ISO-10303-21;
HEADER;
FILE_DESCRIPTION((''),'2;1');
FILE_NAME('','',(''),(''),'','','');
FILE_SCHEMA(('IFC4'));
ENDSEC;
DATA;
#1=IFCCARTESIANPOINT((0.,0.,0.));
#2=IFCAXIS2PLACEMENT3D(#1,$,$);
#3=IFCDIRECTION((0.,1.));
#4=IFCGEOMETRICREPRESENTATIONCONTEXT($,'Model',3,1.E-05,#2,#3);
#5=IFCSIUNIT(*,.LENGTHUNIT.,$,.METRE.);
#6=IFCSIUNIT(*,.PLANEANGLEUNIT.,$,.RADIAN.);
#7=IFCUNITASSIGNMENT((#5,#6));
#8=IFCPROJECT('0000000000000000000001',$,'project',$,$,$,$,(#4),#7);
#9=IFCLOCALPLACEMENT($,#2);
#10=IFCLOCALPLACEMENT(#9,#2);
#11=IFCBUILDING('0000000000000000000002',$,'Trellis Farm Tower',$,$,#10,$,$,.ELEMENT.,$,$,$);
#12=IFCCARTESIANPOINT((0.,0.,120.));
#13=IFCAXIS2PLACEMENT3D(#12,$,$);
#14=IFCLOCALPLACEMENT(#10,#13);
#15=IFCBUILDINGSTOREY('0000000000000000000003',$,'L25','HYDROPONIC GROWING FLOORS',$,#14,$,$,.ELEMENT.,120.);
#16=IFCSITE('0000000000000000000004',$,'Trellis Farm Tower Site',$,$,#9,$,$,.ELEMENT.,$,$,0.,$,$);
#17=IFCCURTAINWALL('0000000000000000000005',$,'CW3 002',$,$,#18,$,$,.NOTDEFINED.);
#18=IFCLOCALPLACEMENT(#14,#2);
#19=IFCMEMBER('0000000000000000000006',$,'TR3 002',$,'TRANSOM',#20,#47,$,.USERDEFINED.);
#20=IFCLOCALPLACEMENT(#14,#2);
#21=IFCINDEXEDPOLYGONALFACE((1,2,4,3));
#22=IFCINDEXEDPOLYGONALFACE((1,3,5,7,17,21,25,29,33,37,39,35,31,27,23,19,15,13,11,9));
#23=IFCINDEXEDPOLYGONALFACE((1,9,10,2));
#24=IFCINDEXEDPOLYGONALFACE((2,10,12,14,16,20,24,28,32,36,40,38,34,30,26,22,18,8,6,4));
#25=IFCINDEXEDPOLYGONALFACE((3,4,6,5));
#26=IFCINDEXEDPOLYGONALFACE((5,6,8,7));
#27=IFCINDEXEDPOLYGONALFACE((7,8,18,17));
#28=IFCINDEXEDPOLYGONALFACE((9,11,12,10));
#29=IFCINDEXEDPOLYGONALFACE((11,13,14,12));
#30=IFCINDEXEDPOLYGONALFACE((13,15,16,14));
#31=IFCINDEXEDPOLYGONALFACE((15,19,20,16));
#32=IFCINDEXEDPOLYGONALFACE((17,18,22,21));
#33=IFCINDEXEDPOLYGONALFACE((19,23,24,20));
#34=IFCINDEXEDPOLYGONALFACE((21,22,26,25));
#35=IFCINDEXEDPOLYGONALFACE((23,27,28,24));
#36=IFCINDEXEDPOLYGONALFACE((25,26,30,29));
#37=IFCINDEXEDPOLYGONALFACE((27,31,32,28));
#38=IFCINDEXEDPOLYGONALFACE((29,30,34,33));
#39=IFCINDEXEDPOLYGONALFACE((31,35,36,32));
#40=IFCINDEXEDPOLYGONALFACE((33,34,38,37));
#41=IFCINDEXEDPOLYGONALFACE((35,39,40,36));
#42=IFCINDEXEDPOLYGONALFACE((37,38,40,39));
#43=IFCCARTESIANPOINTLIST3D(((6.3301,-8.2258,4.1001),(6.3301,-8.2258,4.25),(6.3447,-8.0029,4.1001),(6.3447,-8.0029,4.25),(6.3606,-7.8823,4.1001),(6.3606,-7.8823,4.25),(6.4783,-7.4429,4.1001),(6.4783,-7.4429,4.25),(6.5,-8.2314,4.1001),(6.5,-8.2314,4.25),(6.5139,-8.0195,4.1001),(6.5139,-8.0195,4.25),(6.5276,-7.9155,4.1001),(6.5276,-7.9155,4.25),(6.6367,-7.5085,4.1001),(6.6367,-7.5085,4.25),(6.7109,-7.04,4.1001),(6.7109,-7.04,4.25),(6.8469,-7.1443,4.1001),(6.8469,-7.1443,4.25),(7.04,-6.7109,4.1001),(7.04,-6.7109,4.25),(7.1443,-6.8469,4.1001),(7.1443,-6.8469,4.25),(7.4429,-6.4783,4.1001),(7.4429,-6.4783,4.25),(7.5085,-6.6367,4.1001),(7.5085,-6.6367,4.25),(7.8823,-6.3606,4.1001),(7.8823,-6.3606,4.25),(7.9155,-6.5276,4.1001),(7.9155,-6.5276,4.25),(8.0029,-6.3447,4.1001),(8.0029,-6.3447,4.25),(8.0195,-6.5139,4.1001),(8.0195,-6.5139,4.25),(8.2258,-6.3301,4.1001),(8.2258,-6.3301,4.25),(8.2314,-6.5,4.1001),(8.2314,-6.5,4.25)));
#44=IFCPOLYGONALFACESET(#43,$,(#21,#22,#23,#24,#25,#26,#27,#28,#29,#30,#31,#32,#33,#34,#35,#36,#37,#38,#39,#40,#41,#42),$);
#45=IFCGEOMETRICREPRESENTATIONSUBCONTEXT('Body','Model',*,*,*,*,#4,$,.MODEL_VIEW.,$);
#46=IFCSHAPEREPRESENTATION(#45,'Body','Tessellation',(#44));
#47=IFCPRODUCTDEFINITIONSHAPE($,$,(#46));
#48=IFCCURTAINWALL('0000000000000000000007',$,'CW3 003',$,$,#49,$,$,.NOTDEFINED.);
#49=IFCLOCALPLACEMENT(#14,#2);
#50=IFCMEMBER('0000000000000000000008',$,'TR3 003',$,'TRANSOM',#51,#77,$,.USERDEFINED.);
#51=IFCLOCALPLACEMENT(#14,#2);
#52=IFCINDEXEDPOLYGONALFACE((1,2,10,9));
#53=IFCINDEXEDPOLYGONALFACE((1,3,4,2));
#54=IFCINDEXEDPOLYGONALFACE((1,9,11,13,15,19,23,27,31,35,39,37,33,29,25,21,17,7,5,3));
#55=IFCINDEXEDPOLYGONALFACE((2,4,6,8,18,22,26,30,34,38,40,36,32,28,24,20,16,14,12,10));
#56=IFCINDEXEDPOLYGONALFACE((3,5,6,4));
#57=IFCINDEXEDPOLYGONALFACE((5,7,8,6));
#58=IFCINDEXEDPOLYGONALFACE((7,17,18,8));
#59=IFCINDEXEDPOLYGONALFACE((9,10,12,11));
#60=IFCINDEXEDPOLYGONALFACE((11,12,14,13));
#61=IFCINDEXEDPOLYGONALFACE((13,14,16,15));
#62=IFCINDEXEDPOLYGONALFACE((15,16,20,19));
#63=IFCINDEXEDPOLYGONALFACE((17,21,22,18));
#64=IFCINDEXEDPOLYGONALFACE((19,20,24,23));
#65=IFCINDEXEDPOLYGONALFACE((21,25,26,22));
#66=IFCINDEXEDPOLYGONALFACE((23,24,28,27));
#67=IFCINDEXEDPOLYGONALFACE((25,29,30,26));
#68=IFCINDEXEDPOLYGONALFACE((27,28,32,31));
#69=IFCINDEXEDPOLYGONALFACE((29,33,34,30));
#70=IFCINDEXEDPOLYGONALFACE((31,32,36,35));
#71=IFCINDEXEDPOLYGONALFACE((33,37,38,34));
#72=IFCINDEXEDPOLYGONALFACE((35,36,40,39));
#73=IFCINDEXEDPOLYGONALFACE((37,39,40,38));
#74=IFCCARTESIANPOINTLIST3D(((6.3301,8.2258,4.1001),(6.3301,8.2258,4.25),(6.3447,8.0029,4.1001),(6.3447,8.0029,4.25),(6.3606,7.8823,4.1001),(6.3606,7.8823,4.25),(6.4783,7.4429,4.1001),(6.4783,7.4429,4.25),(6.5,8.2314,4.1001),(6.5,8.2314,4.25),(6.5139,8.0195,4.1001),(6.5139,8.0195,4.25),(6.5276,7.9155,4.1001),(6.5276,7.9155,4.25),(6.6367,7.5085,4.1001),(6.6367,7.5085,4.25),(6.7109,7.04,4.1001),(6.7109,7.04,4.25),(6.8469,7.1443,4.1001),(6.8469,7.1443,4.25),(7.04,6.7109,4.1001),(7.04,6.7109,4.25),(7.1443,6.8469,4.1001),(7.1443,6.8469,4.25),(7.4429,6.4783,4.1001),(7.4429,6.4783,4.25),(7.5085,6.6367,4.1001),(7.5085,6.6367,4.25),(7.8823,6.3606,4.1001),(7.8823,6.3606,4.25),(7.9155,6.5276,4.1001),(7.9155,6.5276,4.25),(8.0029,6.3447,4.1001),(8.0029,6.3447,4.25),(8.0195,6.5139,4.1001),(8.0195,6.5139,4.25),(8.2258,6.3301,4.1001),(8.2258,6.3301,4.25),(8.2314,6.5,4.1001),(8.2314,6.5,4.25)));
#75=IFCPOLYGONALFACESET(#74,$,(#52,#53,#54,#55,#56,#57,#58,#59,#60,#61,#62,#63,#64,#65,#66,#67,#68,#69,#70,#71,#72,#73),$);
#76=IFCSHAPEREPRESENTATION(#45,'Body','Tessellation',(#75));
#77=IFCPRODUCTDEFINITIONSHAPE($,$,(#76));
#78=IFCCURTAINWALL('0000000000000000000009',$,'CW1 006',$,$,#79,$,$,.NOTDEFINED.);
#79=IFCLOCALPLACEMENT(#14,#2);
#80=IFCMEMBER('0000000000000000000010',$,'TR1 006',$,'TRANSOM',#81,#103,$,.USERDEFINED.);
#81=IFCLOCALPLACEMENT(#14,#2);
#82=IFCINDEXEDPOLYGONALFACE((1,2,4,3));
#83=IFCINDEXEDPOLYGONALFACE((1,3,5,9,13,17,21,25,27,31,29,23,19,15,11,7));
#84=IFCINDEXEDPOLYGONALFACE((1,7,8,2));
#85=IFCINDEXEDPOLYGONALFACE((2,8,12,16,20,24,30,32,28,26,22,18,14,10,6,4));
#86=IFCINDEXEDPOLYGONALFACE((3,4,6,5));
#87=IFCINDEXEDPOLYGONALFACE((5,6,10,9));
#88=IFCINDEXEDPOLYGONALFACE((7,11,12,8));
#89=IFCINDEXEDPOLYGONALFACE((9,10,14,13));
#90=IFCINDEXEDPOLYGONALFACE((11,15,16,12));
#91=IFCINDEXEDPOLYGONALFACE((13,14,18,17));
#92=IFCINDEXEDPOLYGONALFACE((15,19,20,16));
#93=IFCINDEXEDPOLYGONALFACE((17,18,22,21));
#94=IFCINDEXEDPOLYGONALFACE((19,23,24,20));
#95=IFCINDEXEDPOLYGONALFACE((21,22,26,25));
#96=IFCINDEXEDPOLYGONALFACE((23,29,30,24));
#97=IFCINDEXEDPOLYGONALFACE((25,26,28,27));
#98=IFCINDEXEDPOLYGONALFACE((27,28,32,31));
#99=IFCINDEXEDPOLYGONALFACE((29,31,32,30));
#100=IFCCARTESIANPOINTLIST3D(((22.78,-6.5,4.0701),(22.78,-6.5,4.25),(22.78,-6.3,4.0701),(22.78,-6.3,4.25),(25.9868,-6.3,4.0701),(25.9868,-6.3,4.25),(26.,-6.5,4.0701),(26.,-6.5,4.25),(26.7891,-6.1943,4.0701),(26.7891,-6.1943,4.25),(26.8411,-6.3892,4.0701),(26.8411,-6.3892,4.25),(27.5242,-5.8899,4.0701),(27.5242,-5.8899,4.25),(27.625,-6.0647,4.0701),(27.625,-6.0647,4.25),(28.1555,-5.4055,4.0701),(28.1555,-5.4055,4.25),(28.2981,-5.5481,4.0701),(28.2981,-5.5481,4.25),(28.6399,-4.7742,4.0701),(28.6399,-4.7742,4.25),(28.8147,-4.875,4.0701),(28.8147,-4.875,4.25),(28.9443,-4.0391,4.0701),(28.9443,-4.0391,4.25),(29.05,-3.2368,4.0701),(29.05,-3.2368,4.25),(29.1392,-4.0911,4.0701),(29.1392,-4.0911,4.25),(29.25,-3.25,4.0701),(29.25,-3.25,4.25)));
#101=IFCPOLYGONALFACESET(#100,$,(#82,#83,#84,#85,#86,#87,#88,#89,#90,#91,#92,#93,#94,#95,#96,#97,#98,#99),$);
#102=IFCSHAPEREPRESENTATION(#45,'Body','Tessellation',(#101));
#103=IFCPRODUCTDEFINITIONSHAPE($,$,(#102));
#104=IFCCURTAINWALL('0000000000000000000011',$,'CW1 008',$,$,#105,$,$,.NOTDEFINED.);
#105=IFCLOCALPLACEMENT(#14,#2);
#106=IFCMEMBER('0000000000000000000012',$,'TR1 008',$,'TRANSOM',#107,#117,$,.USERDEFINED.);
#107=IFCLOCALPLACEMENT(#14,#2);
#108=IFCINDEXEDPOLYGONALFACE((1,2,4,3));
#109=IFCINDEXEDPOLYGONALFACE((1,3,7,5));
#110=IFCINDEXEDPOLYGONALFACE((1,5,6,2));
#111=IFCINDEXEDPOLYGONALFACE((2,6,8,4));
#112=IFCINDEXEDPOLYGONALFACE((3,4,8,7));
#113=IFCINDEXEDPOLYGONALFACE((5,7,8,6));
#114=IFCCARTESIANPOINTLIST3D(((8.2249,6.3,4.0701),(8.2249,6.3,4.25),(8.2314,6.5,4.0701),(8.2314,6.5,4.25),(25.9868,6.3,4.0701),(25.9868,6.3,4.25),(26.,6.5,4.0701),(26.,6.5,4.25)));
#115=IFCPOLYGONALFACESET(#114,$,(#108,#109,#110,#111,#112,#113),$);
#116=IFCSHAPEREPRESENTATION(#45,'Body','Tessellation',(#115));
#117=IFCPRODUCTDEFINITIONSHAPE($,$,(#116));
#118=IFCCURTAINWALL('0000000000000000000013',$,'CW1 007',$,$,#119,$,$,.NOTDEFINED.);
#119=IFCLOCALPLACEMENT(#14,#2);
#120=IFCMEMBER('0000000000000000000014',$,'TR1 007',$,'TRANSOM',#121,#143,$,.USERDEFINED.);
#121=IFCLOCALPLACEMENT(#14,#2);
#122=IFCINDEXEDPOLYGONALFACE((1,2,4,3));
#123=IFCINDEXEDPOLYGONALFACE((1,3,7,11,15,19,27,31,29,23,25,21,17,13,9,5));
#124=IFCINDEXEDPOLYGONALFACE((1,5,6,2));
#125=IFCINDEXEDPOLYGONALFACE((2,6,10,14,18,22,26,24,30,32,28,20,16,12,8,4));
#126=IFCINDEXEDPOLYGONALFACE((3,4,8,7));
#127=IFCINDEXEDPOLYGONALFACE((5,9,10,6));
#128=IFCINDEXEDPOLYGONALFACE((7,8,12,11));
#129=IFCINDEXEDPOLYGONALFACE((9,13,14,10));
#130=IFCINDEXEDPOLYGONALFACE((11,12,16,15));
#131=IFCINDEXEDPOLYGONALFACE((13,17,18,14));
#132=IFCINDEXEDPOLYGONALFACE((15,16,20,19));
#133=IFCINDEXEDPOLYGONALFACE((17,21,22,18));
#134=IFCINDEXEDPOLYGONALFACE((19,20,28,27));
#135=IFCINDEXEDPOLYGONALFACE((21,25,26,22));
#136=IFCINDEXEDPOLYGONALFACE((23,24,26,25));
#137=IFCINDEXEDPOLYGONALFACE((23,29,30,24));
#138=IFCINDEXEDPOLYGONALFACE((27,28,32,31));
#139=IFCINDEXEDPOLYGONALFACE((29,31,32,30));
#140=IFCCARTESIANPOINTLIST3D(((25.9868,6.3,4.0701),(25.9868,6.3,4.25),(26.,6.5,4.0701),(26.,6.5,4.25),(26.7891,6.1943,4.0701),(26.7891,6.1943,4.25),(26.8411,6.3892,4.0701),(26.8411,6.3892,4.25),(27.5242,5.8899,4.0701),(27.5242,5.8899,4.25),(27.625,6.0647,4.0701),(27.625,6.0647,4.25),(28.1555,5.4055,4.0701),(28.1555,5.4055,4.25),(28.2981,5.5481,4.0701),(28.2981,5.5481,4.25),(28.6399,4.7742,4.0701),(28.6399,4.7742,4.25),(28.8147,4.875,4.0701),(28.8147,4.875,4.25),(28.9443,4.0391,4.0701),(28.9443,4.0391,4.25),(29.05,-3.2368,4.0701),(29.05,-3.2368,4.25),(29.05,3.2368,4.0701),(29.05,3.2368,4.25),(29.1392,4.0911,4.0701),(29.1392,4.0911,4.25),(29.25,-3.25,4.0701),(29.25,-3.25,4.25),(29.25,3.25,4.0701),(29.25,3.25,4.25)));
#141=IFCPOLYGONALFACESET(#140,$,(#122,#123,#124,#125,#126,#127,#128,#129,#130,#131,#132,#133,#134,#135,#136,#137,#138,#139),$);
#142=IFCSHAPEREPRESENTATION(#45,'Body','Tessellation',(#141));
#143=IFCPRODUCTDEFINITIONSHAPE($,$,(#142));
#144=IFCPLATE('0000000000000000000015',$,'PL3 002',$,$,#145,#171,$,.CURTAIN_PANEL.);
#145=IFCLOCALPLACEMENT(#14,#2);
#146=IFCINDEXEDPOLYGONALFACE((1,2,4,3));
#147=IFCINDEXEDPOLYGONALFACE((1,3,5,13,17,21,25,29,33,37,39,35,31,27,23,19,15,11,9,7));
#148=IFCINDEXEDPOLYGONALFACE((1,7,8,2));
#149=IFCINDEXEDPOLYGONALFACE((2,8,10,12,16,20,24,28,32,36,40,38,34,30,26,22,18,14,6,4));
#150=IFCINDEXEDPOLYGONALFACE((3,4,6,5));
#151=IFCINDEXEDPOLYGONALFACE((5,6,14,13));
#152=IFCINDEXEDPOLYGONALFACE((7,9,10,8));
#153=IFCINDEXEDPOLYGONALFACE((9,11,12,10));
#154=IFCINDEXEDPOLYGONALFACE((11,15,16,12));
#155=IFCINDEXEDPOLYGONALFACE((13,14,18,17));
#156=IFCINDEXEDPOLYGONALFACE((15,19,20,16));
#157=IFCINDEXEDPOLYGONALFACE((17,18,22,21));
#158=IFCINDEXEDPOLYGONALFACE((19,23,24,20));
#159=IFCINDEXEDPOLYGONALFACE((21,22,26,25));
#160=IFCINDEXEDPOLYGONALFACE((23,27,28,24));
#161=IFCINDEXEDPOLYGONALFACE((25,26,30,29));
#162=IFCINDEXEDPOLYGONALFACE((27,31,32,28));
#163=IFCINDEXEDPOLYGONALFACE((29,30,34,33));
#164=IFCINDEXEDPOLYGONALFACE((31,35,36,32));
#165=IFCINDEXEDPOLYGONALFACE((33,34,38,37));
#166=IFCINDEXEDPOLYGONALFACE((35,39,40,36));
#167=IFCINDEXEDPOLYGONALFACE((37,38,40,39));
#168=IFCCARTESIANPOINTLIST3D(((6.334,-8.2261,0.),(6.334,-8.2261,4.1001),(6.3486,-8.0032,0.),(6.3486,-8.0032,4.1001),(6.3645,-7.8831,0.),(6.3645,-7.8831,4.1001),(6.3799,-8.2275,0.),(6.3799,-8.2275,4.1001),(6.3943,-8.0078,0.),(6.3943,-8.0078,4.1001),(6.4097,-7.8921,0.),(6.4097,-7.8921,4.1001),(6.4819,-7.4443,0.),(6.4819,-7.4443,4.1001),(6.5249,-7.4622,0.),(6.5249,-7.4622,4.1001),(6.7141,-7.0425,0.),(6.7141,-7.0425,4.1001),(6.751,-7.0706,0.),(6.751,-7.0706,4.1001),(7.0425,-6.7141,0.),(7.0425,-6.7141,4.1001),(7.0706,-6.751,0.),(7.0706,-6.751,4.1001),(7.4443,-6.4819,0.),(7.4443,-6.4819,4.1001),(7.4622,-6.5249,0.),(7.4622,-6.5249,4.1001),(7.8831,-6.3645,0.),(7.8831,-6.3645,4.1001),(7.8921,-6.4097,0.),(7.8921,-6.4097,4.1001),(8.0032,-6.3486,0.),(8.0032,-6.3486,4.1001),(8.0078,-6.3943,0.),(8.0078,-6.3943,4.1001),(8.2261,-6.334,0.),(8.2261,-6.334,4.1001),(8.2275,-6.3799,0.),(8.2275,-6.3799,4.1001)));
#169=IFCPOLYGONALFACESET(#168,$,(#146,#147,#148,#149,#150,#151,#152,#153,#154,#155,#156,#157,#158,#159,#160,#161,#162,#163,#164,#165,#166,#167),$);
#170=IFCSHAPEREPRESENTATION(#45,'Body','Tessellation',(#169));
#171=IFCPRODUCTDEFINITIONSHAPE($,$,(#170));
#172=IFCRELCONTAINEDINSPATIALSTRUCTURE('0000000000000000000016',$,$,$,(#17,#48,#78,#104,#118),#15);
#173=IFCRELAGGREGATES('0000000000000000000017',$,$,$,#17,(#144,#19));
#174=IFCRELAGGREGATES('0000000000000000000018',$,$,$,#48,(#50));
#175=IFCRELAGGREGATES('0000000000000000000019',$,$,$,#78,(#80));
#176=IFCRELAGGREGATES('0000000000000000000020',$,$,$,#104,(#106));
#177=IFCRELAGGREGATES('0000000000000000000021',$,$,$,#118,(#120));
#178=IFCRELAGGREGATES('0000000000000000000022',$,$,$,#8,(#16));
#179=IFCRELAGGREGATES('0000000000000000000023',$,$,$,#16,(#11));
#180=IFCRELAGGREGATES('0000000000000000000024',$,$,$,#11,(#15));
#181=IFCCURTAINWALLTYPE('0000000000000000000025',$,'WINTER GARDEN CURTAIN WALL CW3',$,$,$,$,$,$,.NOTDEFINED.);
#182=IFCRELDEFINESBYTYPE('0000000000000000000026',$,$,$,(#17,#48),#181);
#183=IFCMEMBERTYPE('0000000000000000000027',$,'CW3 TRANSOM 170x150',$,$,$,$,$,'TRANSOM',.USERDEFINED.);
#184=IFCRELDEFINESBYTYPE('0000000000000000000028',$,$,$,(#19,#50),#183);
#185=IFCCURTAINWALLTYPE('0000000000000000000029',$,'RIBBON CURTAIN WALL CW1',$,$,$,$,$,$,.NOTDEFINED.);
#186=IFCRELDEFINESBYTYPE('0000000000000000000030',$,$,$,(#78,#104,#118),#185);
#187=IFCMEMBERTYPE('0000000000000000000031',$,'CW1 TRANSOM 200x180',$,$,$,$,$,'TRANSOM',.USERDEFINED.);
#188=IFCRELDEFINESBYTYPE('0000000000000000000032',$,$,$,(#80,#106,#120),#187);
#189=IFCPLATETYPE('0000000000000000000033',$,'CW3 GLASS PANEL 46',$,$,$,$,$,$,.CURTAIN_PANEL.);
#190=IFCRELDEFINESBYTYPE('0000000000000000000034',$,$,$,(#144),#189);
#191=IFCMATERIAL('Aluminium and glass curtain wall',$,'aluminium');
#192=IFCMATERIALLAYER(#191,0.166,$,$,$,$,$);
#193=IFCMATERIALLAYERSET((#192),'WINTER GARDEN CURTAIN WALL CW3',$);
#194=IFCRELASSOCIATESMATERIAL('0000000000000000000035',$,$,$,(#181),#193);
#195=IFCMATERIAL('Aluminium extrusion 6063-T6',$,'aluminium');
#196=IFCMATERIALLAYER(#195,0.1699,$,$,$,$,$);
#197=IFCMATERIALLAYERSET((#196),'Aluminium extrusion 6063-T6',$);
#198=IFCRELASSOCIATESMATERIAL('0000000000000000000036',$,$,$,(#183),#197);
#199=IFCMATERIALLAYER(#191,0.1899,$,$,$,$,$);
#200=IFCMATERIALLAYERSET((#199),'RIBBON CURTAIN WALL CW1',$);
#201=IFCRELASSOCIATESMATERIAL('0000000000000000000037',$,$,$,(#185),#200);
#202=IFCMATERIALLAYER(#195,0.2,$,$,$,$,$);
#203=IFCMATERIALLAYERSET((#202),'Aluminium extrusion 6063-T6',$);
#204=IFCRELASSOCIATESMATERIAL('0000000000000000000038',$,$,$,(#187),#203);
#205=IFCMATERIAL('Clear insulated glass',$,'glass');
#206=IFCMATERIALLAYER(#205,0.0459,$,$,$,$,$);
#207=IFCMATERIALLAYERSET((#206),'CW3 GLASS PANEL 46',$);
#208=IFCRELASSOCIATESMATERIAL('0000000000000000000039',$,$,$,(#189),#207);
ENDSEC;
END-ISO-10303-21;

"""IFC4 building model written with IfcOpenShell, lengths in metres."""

from ifc_helpers import new_model, si_unit, direction, frame, origin, place, context, subcontext, project, spatial, polyline, outline, extrude, source, transform, mapped, material, layer, layer_set, type_object, element, aggregate, save


model = new_model("IFC4")

# Units and contexts
model_context = context("Model", 3, precision=1e-05, world=origin(), true_north=direction((0.0, 1.0)))
body_context = subcontext(model_context, "Body", "Model", "MODEL_VIEW")
ifc_project = project(units=[si_unit("LENGTHUNIT", "METRE"), si_unit("PLANEANGLEUNIT", "RADIAN")], contexts=[model_context])

# Site, building, storey
site_placement = place(None, origin())
site = spatial("IfcSite", under=ifc_project, at=site_placement, Name="Trellis Farm Tower Site", CompositionType="ELEMENT", RefElevation=0.0)
building_placement = place(site_placement, origin())
building = spatial("IfcBuilding", under=site, at=building_placement, Name="Trellis Farm Tower", CompositionType="ELEMENT")
storey_placement = place(building_placement, frame((0.0, 0.0, 120.0)))
storey = spatial("IfcBuildingStorey", under=building, at=storey_placement, Name="L25", Description="HYDROPONIC GROWING FLOORS", CompositionType="ELEMENT", Elevation=120.0)

# Curtain walls, members
ifc_material_1 = material(Name="Aluminium and glass curtain wall", Category="aluminium")
ifc_layer_1 = layer(ifc_material_1, 0.166)
ifc_layer_set_1 = layer_set([ifc_layer_1], Name="WINTER GARDEN CURTAIN WALL CW3")
curtain_wall_type_1 = type_object("IfcCurtainWallType", Name="WINTER GARDEN CURTAIN WALL CW3", PredefinedType="NOTDEFINED", material=ifc_layer_set_1)
placement_1 = place(storey_placement, origin())
curtain_wall_1 = element("IfcCurtainWall", 1, at=placement_1, inside=storey, type_object=curtain_wall_type_1, Name="CW3 002", PredefinedType="NOTDEFINED")
ifc_material_2 = material(Name="Aluminium extrusion 6063-T6", Category="aluminium")
ifc_layer_2 = layer(ifc_material_2, 0.1699)
ifc_layer_set_2 = layer_set([ifc_layer_2], Name="Aluminium extrusion 6063-T6")
member_type_1 = type_object("IfcMemberType", Name="CW3 TRANSOM 170x150", ElementType="TRANSOM", PredefinedType="USERDEFINED", material=ifc_layer_set_2)
shared_shape_1 = source(origin(), body_context, "Body", "SweptSolid", [
    extrude(outline(polyline([(6.5, -8.2314), (6.5139, -8.0195), (6.5276, -7.9155), (6.6367, -7.5085), (6.8469, -7.1443), (7.1443, -6.8469), (7.5085, -6.6367), (7.9155, -6.5276), (8.0195, -6.5139), (8.2314, -6.5), (8.2258, -6.3301), (8.0029, -6.3447), (7.8823, -6.3606), (7.4429, -6.4783), (7.04, -6.7109), (6.7109, -7.04), (6.4783, -7.4429), (6.3606, -7.8823), (6.3447, -8.0029), (6.3301, -8.2258), (6.5, -8.2314)])), origin(), (0.0, 0.0, 1.0), 0.1499),
])
placement_2 = place(storey_placement, frame((0.0, 0.0, 4.1001)))
member_1 = element("IfcMember", 2, at=placement_2, type_object=member_type_1, Name="TR3 002", ObjectType="TRANSOM", PredefinedType="USERDEFINED", context=body_context, shape_type="MappedRepresentation", body=[
    mapped(shared_shape_1, transform((0.0, 0.0, 0.0))),
])
curtain_wall_2 = element("IfcCurtainWall", 3, at=placement_1, inside=storey, type_object=curtain_wall_type_1, Name="CW3 003", PredefinedType="NOTDEFINED")
shared_shape_2 = source(origin(), body_context, "Body", "SweptSolid", [
    extrude(outline(polyline([(8.2314, 6.5), (8.0195, 6.5139), (7.9155, 6.5276), (7.5085, 6.6367), (7.1443, 6.8469), (6.8469, 7.1443), (6.6367, 7.5085), (6.5276, 7.9155), (6.5139, 8.0195), (6.5, 8.2314), (6.3301, 8.2258), (6.3447, 8.0029), (6.3606, 7.8823), (6.4783, 7.4429), (6.7109, 7.04), (7.04, 6.7109), (7.4429, 6.4783), (7.8823, 6.3606), (8.0029, 6.3447), (8.2258, 6.3301), (8.2314, 6.5)])), origin(), (0.0, 0.0, 1.0), 0.1499),
])
member_2 = element("IfcMember", 4, at=placement_2, type_object=member_type_1, Name="TR3 003", ObjectType="TRANSOM", PredefinedType="USERDEFINED", context=body_context, shape_type="MappedRepresentation", body=[
    mapped(shared_shape_2, transform((0.0, 0.0, 0.0))),
])
ifc_layer_3 = layer(ifc_material_1, 0.1899)
ifc_layer_set_3 = layer_set([ifc_layer_3], Name="RIBBON CURTAIN WALL CW1")
curtain_wall_type_2 = type_object("IfcCurtainWallType", Name="RIBBON CURTAIN WALL CW1", PredefinedType="NOTDEFINED", material=ifc_layer_set_3)
curtain_wall_3 = element("IfcCurtainWall", 5, at=placement_1, inside=storey, type_object=curtain_wall_type_2, Name="CW1 006", PredefinedType="NOTDEFINED")
ifc_layer_4 = layer(ifc_material_2, 0.2)
ifc_layer_set_4 = layer_set([ifc_layer_4], Name="Aluminium extrusion 6063-T6")
member_type_2 = type_object("IfcMemberType", Name="CW1 TRANSOM 200x180", ElementType="TRANSOM", PredefinedType="USERDEFINED", material=ifc_layer_set_4)
shared_shape_3 = source(origin(), body_context, "Body", "SweptSolid", [
    extrude(outline(polyline([(22.78, -6.5), (26.0, -6.5), (26.8411, -6.3892), (27.625, -6.0647), (28.2981, -5.5481), (28.8147, -4.875), (29.1392, -4.0911), (29.25, -3.25), (29.05, -3.2368), (28.9443, -4.0391), (28.6399, -4.7742), (28.1555, -5.4055), (27.5242, -5.8899), (26.7891, -6.1943), (25.9868, -6.3), (22.78, -6.3), (22.78, -6.5)])), origin(), (0.0, 0.0, 1.0), 0.1799),
])
placement_3 = place(storey_placement, frame((0.0, 0.0, 4.0701)))
member_3 = element("IfcMember", 6, at=placement_3, type_object=member_type_2, Name="TR1 006", ObjectType="TRANSOM", PredefinedType="USERDEFINED", context=body_context, shape_type="MappedRepresentation", body=[
    mapped(shared_shape_3, transform((0.0, 0.0, 0.0))),
])
curtain_wall_4 = element("IfcCurtainWall", 7, at=placement_1, inside=storey, type_object=curtain_wall_type_2, Name="CW1 008", PredefinedType="NOTDEFINED")
shared_shape_4 = source(origin(), body_context, "Body", "SweptSolid", [
    extrude(outline(polyline([(26.0, 6.5), (8.2314, 6.5), (8.2249, 6.3), (25.9868, 6.3), (26.0, 6.5)])), origin(), (0.0, 0.0, 1.0), 0.1799),
])
member_4 = element("IfcMember", 8, at=placement_3, type_object=member_type_2, Name="TR1 008", ObjectType="TRANSOM", PredefinedType="USERDEFINED", context=body_context, shape_type="MappedRepresentation", body=[
    mapped(shared_shape_4, transform((0.0, 0.0, 0.0))),
])
curtain_wall_5 = element("IfcCurtainWall", 9, at=placement_1, inside=storey, type_object=curtain_wall_type_2, Name="CW1 007", PredefinedType="NOTDEFINED")
shared_shape_5 = source(origin(), body_context, "Body", "SweptSolid", [
    extrude(outline(polyline([(29.25, -3.25), (29.25, 3.25), (29.1392, 4.0911), (28.8147, 4.875), (28.2981, 5.5481), (27.625, 6.0647), (26.8411, 6.3892), (26.0, 6.5), (25.9868, 6.3), (26.7891, 6.1943), (27.5242, 5.8899), (28.1555, 5.4055), (28.6399, 4.7742), (28.9443, 4.0391), (29.05, 3.2368), (29.05, -3.2368), (29.25, -3.25)])), origin(), (0.0, 0.0, 1.0), 0.1799),
])
member_5 = element("IfcMember", 10, at=placement_3, type_object=member_type_2, Name="TR1 007", ObjectType="TRANSOM", PredefinedType="USERDEFINED", context=body_context, shape_type="MappedRepresentation", body=[
    mapped(shared_shape_5, transform((0.0, 0.0, 0.0))),
])

# Plate
ifc_material_3 = material(Name="Clear insulated glass", Category="glass")
ifc_layer_5 = layer(ifc_material_3, 0.0459)
ifc_layer_set_5 = layer_set([ifc_layer_5], Name="CW3 GLASS PANEL 46")
plate_type_1 = type_object("IfcPlateType", Name="CW3 GLASS PANEL 46", PredefinedType="CURTAIN_PANEL", material=ifc_layer_set_5)
shared_shape_6 = source(origin(), body_context, "Body", "SweptSolid", [
    extrude(outline(polyline([(6.3799, -8.2275), (6.3943, -8.0078), (6.4097, -7.8921), (6.5249, -7.4622), (6.751, -7.0706), (7.0706, -6.751), (7.4622, -6.5249), (7.8921, -6.4097), (8.0078, -6.3943), (8.2275, -6.3799), (8.2261, -6.334), (8.0032, -6.3486), (7.8831, -6.3645), (7.4443, -6.4819), (7.0425, -6.7141), (6.7141, -7.0425), (6.4819, -7.4443), (6.3645, -7.8831), (6.3486, -8.0032), (6.334, -8.2261), (6.3799, -8.2275)])), origin(), (0.0, 0.0, 1.0), 4.1001),
])
plate_1 = element("IfcPlate", 11, at=placement_1, type_object=plate_type_1, Name="PL3 002", PredefinedType="CURTAIN_PANEL", context=body_context, shape_type="MappedRepresentation", body=[
    mapped(shared_shape_6, transform((0.0, 0.0, 0.0))),
])
aggregate(curtain_wall_1, [plate_1, member_1])
aggregate(curtain_wall_2, [member_2])
aggregate(curtain_wall_3, [member_3])
aggregate(curtain_wall_4, [member_4])
aggregate(curtain_wall_5, [member_5])

save(model, "model.ifc")
